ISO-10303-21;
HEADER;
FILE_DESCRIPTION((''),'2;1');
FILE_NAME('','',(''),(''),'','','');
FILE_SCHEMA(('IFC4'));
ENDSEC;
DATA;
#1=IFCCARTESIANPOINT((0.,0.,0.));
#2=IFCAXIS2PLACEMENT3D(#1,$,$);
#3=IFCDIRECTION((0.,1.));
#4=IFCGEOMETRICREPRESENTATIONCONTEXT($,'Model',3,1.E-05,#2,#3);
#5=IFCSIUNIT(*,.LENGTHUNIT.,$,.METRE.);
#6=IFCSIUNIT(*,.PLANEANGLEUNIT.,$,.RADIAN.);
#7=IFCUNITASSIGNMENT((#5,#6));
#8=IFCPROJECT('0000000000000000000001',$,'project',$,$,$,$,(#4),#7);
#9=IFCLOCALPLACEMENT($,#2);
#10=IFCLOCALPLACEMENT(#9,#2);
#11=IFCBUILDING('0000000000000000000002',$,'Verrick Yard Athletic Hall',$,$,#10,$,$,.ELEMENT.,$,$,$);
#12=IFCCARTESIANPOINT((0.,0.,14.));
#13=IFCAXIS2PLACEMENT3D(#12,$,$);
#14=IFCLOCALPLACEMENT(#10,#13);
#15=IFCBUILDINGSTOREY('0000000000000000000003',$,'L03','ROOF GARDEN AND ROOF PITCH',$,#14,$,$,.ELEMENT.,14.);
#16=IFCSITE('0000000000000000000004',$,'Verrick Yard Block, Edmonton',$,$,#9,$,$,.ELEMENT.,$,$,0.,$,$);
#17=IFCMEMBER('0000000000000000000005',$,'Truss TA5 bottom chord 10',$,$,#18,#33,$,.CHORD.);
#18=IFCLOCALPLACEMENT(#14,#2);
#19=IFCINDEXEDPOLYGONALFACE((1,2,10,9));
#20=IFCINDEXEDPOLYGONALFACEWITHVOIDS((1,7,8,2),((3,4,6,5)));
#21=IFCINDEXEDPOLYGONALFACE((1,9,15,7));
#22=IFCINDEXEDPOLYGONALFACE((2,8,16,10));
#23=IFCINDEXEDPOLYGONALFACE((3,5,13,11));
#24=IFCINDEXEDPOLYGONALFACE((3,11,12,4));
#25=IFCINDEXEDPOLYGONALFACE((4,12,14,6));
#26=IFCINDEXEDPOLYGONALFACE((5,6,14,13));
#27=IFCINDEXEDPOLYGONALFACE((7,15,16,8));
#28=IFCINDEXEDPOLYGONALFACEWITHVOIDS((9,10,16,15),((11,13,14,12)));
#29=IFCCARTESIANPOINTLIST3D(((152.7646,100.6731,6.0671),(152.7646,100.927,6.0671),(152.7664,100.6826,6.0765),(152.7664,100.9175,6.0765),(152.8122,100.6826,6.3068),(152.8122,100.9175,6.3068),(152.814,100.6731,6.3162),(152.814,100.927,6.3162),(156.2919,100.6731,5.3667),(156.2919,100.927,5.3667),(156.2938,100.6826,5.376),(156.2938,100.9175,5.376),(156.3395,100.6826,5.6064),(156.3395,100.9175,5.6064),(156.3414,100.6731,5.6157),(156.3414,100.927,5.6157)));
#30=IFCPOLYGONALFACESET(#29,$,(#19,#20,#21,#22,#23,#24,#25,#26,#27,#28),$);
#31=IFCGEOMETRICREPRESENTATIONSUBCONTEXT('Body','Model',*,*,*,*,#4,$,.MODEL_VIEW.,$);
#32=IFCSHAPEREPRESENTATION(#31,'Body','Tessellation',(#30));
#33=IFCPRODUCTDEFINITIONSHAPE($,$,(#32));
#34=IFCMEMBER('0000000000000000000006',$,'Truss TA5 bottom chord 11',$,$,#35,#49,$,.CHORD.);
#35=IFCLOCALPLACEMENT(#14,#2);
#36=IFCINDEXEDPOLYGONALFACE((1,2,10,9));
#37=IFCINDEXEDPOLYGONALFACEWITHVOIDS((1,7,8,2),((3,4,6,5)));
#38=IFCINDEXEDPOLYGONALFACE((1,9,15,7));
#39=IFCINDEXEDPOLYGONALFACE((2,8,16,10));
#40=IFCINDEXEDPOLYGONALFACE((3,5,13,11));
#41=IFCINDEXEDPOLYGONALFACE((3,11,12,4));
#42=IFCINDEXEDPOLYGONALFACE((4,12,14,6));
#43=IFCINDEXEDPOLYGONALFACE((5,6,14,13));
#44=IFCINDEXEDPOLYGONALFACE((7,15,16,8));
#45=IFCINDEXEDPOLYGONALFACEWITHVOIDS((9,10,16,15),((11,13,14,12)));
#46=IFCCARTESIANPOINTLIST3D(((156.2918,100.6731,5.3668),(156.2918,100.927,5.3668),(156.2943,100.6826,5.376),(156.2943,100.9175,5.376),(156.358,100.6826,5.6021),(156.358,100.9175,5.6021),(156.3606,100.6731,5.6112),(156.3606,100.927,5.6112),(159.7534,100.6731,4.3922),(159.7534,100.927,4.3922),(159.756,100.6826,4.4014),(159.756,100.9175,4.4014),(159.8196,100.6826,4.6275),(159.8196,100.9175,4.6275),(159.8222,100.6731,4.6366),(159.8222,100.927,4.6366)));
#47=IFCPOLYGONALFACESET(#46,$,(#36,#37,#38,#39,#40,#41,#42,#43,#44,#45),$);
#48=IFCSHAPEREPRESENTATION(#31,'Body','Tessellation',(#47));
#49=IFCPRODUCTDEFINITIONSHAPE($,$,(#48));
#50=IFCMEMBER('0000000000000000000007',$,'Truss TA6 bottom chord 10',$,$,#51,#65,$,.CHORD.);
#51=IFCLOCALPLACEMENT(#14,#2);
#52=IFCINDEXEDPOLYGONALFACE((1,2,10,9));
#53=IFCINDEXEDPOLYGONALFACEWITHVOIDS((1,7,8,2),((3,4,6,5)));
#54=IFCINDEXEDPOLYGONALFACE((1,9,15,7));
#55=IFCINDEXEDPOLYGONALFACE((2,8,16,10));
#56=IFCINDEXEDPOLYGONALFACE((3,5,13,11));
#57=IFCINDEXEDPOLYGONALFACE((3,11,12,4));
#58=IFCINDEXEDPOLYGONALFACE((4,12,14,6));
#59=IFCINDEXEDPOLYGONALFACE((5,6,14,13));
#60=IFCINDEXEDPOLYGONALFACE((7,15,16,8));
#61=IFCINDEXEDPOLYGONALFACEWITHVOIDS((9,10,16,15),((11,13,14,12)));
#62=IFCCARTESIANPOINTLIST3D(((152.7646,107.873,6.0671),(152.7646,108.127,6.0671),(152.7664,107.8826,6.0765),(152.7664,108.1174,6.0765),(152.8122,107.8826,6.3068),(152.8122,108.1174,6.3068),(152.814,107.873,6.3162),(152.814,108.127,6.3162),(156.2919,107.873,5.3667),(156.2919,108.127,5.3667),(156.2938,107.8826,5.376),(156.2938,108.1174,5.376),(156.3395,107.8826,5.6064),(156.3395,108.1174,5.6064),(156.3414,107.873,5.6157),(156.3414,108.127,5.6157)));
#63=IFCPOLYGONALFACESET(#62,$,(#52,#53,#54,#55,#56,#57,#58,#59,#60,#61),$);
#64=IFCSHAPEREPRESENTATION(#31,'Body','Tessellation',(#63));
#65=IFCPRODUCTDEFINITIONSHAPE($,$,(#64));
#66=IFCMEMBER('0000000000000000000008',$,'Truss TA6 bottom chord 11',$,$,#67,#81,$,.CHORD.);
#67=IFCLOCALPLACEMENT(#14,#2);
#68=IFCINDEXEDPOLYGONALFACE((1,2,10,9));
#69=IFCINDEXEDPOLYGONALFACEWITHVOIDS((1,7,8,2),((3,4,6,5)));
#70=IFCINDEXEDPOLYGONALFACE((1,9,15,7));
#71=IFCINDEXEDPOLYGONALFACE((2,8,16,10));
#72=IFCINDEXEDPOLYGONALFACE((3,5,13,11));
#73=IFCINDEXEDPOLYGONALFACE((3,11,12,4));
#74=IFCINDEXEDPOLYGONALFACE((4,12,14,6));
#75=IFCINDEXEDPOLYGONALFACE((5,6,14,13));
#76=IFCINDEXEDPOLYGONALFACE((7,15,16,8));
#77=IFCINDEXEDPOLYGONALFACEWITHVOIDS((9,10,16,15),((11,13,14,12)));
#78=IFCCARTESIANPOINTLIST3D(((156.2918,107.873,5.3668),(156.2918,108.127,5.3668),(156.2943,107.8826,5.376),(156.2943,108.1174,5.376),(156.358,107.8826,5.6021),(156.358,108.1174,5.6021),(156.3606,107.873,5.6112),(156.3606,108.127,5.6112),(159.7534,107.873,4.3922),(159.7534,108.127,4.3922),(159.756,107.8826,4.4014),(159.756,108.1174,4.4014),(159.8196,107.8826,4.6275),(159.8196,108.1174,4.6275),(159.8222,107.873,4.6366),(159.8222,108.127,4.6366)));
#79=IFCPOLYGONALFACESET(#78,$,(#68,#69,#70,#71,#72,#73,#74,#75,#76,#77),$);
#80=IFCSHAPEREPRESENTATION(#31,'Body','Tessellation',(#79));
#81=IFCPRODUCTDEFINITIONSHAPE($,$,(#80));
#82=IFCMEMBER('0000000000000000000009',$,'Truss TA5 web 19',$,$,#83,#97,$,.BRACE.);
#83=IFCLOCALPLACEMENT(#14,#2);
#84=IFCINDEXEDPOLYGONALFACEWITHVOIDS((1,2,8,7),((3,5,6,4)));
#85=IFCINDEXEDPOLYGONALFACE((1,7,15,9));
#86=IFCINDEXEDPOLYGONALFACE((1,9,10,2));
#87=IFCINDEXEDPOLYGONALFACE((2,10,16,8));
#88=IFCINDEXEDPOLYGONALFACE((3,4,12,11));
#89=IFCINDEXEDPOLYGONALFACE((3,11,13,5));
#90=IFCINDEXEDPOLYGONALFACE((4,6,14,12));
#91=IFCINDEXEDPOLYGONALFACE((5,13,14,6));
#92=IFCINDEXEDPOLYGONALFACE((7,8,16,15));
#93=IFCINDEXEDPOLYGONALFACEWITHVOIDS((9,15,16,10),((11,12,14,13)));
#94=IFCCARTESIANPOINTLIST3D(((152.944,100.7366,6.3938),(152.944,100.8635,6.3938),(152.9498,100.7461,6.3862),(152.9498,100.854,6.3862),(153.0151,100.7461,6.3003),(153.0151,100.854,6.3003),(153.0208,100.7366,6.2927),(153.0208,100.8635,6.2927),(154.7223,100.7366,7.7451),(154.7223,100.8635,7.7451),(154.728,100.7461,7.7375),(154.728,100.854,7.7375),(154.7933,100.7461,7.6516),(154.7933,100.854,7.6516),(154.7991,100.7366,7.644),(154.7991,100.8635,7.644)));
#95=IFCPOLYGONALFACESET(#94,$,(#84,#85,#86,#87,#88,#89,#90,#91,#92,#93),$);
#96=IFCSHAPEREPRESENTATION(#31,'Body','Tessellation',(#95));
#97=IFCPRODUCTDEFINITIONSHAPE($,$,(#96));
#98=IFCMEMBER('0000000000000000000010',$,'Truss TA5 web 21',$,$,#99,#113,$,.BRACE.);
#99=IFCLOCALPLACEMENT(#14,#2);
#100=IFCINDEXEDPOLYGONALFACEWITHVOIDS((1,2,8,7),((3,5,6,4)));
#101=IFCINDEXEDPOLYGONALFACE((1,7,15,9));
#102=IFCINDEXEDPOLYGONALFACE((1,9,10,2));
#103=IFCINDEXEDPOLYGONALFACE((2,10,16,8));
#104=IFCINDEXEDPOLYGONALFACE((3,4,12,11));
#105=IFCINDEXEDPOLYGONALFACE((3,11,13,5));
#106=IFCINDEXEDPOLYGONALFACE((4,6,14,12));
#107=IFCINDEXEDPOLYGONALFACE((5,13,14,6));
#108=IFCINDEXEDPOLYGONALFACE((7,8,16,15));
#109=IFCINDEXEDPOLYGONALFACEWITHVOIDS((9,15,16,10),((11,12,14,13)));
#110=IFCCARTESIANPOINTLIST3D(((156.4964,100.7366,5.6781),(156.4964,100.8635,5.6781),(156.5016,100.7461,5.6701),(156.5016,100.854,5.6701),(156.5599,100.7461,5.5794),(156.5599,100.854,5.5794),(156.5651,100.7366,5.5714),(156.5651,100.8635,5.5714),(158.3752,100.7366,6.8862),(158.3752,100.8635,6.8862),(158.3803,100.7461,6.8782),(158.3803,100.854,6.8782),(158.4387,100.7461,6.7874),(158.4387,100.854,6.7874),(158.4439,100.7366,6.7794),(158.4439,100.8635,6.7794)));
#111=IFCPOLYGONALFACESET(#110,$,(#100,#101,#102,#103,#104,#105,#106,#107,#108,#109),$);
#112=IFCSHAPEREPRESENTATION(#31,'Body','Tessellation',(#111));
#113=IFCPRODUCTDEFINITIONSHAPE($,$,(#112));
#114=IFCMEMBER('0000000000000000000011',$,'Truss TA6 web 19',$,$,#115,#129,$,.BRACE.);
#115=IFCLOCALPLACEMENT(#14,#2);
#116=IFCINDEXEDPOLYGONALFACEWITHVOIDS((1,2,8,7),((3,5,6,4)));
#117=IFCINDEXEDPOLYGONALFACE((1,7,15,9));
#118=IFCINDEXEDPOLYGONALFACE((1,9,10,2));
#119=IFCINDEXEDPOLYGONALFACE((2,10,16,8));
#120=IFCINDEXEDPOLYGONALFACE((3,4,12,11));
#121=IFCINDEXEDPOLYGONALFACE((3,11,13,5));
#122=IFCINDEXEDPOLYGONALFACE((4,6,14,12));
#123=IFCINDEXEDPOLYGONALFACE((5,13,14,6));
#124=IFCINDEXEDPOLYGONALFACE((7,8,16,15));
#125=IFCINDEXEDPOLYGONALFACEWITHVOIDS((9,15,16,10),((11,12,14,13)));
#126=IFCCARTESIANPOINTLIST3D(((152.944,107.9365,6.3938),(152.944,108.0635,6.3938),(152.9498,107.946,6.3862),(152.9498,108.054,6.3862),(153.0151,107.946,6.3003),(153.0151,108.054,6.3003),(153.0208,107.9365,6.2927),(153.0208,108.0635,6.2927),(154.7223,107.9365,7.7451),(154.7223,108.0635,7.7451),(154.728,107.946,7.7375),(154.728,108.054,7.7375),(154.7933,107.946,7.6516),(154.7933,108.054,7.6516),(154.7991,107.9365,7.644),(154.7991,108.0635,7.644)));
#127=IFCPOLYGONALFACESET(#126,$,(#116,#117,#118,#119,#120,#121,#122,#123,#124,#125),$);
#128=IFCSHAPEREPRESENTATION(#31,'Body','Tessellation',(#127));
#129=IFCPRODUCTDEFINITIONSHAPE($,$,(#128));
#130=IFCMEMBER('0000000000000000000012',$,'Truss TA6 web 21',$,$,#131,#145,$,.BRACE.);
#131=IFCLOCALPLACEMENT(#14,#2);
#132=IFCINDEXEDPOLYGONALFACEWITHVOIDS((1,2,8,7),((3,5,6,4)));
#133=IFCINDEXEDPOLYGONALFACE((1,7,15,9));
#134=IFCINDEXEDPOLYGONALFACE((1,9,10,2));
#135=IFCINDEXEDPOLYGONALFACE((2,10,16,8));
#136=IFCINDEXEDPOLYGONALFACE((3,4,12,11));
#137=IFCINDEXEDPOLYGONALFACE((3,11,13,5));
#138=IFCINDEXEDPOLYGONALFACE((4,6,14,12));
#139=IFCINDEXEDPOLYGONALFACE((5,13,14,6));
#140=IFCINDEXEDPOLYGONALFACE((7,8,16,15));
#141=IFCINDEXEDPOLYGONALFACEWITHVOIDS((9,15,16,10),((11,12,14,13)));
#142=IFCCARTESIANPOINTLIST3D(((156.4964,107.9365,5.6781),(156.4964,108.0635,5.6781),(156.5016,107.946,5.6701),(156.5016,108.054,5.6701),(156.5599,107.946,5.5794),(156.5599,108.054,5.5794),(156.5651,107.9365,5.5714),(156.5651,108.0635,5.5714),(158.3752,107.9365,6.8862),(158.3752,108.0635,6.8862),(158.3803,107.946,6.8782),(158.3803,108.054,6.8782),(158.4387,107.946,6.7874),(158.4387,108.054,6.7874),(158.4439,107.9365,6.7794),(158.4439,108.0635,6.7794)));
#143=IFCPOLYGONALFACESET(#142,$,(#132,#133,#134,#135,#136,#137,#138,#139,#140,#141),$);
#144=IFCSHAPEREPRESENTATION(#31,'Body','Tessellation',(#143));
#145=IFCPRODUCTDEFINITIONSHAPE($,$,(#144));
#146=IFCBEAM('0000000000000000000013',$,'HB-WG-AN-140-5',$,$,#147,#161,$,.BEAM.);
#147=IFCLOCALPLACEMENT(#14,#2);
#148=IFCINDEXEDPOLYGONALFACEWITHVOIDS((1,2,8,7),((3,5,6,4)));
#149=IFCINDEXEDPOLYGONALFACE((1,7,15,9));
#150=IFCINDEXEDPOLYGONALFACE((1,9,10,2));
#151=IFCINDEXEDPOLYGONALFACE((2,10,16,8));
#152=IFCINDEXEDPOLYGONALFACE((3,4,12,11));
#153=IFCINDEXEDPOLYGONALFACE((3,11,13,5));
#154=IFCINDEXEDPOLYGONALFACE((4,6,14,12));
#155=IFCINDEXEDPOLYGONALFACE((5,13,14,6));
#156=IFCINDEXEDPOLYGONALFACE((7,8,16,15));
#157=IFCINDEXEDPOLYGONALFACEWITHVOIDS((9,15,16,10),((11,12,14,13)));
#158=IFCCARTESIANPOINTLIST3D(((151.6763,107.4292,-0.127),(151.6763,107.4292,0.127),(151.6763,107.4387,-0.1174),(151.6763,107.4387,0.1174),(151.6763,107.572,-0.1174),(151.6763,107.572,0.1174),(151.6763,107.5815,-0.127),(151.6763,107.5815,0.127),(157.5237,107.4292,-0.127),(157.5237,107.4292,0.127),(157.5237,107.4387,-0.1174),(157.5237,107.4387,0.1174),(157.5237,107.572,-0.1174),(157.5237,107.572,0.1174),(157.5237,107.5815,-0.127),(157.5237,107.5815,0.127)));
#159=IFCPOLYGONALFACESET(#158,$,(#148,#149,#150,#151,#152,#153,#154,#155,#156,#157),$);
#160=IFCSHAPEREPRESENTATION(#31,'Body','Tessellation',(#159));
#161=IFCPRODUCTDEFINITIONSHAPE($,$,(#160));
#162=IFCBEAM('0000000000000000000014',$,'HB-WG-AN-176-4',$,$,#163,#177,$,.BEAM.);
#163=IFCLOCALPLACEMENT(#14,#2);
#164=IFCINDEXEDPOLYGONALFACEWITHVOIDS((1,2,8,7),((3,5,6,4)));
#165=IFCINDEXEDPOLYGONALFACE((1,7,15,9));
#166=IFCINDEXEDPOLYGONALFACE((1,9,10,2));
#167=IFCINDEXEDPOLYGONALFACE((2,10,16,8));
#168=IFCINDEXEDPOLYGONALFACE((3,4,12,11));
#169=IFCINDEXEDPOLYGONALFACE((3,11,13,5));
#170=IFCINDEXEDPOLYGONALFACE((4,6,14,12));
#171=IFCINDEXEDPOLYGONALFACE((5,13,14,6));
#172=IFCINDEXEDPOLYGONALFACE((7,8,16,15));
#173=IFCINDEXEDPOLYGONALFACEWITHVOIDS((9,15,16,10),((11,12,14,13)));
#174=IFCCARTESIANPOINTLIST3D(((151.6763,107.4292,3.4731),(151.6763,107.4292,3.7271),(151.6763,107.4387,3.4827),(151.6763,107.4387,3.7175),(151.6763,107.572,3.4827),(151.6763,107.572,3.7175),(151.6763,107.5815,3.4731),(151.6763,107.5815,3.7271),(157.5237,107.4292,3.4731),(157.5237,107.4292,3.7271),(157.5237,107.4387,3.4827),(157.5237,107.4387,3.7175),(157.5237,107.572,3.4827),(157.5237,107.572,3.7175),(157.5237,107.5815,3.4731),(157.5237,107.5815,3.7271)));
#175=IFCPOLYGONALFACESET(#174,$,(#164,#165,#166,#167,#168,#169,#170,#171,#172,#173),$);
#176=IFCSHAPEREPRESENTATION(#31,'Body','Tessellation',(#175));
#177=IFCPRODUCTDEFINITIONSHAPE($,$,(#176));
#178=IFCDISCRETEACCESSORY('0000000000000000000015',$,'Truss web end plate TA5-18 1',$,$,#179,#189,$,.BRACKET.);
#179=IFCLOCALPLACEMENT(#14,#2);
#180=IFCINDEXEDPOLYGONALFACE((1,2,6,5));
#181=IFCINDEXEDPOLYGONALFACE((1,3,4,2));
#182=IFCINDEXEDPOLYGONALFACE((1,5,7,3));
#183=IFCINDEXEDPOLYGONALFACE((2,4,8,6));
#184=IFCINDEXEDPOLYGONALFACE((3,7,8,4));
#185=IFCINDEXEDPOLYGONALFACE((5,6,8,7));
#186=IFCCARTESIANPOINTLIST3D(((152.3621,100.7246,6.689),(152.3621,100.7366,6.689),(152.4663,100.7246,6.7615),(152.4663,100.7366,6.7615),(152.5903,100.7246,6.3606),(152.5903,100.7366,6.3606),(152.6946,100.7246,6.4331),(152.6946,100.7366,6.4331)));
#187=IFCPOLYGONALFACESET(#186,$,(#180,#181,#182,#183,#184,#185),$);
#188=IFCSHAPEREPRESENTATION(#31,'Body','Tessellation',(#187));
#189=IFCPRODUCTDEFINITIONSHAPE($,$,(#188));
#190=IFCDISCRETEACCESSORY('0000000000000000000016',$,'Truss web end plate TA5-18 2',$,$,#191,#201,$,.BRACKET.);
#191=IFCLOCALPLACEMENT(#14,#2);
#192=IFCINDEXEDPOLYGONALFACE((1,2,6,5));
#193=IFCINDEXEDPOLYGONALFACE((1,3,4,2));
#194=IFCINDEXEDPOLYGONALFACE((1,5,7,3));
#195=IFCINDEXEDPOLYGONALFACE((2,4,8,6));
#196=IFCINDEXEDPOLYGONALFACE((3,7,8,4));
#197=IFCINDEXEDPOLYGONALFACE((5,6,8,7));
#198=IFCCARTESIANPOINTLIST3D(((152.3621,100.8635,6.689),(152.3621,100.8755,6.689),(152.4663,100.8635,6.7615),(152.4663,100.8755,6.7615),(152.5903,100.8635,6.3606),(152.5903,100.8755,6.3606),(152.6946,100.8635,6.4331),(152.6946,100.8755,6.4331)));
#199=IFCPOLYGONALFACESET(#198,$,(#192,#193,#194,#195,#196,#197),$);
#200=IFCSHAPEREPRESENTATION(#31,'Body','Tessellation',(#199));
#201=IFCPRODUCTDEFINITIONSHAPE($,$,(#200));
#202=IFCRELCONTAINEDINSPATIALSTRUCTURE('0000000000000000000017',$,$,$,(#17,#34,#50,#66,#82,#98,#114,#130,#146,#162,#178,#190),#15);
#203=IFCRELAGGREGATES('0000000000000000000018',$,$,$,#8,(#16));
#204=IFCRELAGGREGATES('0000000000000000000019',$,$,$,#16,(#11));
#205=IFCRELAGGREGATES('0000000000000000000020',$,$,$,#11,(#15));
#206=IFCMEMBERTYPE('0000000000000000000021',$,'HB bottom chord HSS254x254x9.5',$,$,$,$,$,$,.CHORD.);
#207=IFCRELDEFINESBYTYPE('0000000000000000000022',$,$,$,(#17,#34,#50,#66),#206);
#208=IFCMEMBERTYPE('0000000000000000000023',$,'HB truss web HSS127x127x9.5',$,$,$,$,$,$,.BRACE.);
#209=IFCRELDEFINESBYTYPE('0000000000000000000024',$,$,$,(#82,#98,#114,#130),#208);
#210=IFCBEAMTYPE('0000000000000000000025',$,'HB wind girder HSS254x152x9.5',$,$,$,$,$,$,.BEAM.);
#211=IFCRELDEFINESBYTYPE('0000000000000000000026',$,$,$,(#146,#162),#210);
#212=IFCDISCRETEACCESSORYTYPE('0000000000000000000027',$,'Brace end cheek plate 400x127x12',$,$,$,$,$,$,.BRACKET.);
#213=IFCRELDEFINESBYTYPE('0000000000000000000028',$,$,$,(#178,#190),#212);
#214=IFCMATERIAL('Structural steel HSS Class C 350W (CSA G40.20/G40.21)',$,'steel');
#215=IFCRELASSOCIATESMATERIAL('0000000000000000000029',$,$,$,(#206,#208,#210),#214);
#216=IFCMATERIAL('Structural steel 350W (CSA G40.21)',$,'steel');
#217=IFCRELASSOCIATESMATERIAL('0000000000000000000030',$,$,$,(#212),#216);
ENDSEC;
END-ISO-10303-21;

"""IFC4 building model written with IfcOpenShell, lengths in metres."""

from ifc_helpers import new_model, si_unit, direction, frame, origin, origin_2d, place, context, subcontext, project, spatial, rectangle, hollow_rectangle, extrude, material, material_profile, profile_set, type_object, element, save


model = new_model("IFC4")

# Units and contexts
model_context = context("Model", 3, precision=1e-05, world=origin(), true_north=direction((0.0, 1.0)))
body_context = subcontext(model_context, "Body", "Model", "MODEL_VIEW")
ifc_project = project(units=[si_unit("LENGTHUNIT", "METRE"), si_unit("PLANEANGLEUNIT", "RADIAN")], contexts=[model_context])

# Site, building, storey
site_placement = place(None, origin())
site = spatial("IfcSite", under=ifc_project, at=site_placement, Name="Verrick Yard Block, Edmonton", CompositionType="ELEMENT", RefElevation=0.0)
building_placement = place(site_placement, origin())
building = spatial("IfcBuilding", under=site, at=building_placement, Name="Verrick Yard Athletic Hall", CompositionType="ELEMENT")
storey_placement = place(building_placement, frame((0.0, 0.0, 14.0)))
storey = spatial("IfcBuildingStorey", under=building, at=storey_placement, Name="L03", Description="ROOF GARDEN AND ROOF PITCH", CompositionType="ELEMENT", Elevation=14.0)

# Members
ifc_material_1 = material(Name="Structural steel HSS Class C 350W (CSA G40.20/G40.21)", Category="steel")
ifc_material_profile_1 = material_profile(ifc_material_1, hollow_rectangle(XDim=0.2539, YDim=0.2539, WallThickness=0.0095, at=origin_2d()), Name="HSS254x254x9.5")
ifc_profile_set_1 = profile_set([ifc_material_profile_1], Name="Structural steel HSS Class C 350W (CSA G40.20/G40.21)")
member_type_1 = type_object("IfcMemberType", Name="HB bottom chord HSS254x254x9.5", PredefinedType="CHORD", material=ifc_profile_set_1)
for number, where, z_axis, x_axis, name in (
    (1, (152.7893, 100.8, 6.1917), (0.980849, 0.0, -0.194771), (0.0, 1.0, 0.0), "Truss TA5 bottom chord 10"),
    (2, (156.3262, 100.8, 5.489), (0.962577, 0.0, -0.271007), (0.0, 1.0, 0.0), "Truss TA5 bottom chord 11"),
    (3, (152.7893, 108.0, 6.1917), (0.980849, 0.0, -0.194771), (0.0, 1.0, 0.0), "Truss TA6 bottom chord 10"),
    (4, (156.3262, 108.0, 5.489), (0.962577, 0.0, -0.271007), (0.0, 1.0, 0.0), "Truss TA6 bottom chord 11"),
):
    element("IfcMember", number, at=place(storey_placement, frame(where, z_axis=z_axis, x_axis=x_axis)), inside=storey, type_object=member_type_1, Name=name, PredefinedType="CHORD", context=body_context, shape_type="SweptSolid", body=[
        extrude(hollow_rectangle(XDim=0.2539, YDim=0.2539, WallThickness=0.0095, at=origin_2d()), origin(), (0.0, 0.0, 1.0), 3.5962),
    ])
ifc_material_profile_2 = material_profile(ifc_material_1, hollow_rectangle(XDim=0.127, YDim=0.127, WallThickness=0.0095, at=origin_2d()), Name="HSS127x127x9.5")
ifc_profile_set_2 = profile_set([ifc_material_profile_2], Name="Structural steel HSS Class C 350W (CSA G40.20/G40.21)")
member_type_2 = type_object("IfcMemberType", Name="HB truss web HSS127x127x9.5", PredefinedType="BRACE", material=ifc_profile_set_2)
member_1_placement = place(storey_placement, frame((152.9824, 100.8, 6.3433), z_axis=(0.796206, 0.0, 0.605025), x_axis=(0.0, 1.0, 0.0)))
element("IfcMember", 5, at=member_1_placement, inside=storey, type_object=member_type_2, Name="Truss TA5 web 19", PredefinedType="BRACE", context=body_context, shape_type="SweptSolid", body=[
    extrude(hollow_rectangle(XDim=0.127, YDim=0.127, WallThickness=0.0095, at=origin_2d()), origin(), (0.0, 0.0, 1.0), 2.2334),
])
member_2_placement = place(storey_placement, frame((156.5308, 100.8, 5.6248), z_axis=(0.841118, 0.0, 0.540852), x_axis=(0.0, 1.0, 0.0)))
element("IfcMember", 6, at=member_2_placement, inside=storey, type_object=member_type_2, Name="Truss TA5 web 21", PredefinedType="BRACE", context=body_context, shape_type="SweptSolid", body=[
    extrude(hollow_rectangle(XDim=0.127, YDim=0.127, WallThickness=0.0095, at=origin_2d()), origin(), (0.0, 0.0, 1.0), 2.2336),
])
member_3_placement = place(storey_placement, frame((152.9824, 108.0, 6.3433), z_axis=(0.796206, 0.0, 0.605025), x_axis=(0.0, 1.0, 0.0)))
element("IfcMember", 7, at=member_3_placement, inside=storey, type_object=member_type_2, Name="Truss TA6 web 19", PredefinedType="BRACE", context=body_context, shape_type="SweptSolid", body=[
    extrude(hollow_rectangle(XDim=0.127, YDim=0.127, WallThickness=0.0095, at=origin_2d()), origin(), (0.0, 0.0, 1.0), 2.2334),
])
member_4_placement = place(storey_placement, frame((156.5308, 108.0, 5.6248), z_axis=(0.841118, 0.0, 0.540852), x_axis=(0.0, 1.0, 0.0)))
element("IfcMember", 8, at=member_4_placement, inside=storey, type_object=member_type_2, Name="Truss TA6 web 21", PredefinedType="BRACE", context=body_context, shape_type="SweptSolid", body=[
    extrude(hollow_rectangle(XDim=0.127, YDim=0.127, WallThickness=0.0095, at=origin_2d()), origin(), (0.0, 0.0, 1.0), 2.2336),
])

# Beams
ifc_material_profile_3 = material_profile(ifc_material_1, hollow_rectangle(XDim=0.1523, YDim=0.2539, WallThickness=0.0095, at=origin_2d()), Name="HSS254x152x9.5")
ifc_profile_set_3 = profile_set([ifc_material_profile_3], Name="Structural steel HSS Class C 350W (CSA G40.20/G40.21)")
beam_type = type_object("IfcBeamType", Name="HB wind girder HSS254x152x9.5", PredefinedType="BEAM", material=ifc_profile_set_3)
for number, where, z_axis, x_axis, name in (
    (9, (151.6763, 107.5054, 0.0), (1.0, 0.0, 0.0), (0.0, 1.0, 0.0), "HB-WG-AN-140-5"),
    (10, (151.6763, 107.5054, 3.6001), (1.0, 0.0, 0.0), (0.0, 1.0, 0.0), "HB-WG-AN-176-4"),
):
    element("IfcBeam", number, at=place(storey_placement, frame(where, z_axis=z_axis, x_axis=x_axis)), inside=storey, type_object=beam_type, Name=name, PredefinedType="BEAM", context=body_context, shape_type="SweptSolid", body=[
        extrude(hollow_rectangle(XDim=0.1523, YDim=0.2539, WallThickness=0.0095, at=origin_2d()), origin(), (0.0, 0.0, 1.0), 5.8474),
    ])

# Discrete accessories
ifc_material_2 = material(Name="Structural steel 350W (CSA G40.21)", Category="steel")
ifc_material_profile_4 = material_profile(ifc_material_2, rectangle(XDim=0.3999, YDim=0.127, at=origin_2d()), Name="Brace end cheek plate")
ifc_profile_set_4 = profile_set([ifc_material_profile_4], Name="Structural steel 350W (CSA G40.21)")
discrete_accessory_type = type_object("IfcDiscreteAccessoryType", Name="Brace end cheek plate 400x127x12", PredefinedType="BRACKET", material=ifc_profile_set_4)
for number, where, z_axis, x_axis, name in (
    (11, (152.5283, 100.7366, 6.561), (0.0, -1.0, 0.0), (-0.570674, 0.0, 0.821176), "Truss web end plate TA5-18 1"),
    (12, (152.5283, 100.8635, 6.561), (0.0, 1.0, 0.0), (-0.570674, 0.0, 0.821176), "Truss web end plate TA5-18 2"),
):
    element("IfcDiscreteAccessory", number, at=place(storey_placement, frame(where, z_axis=z_axis, x_axis=x_axis)), inside=storey, type_object=discrete_accessory_type, Name=name, PredefinedType="BRACKET", context=body_context, shape_type="SweptSolid", body=[
        extrude(rectangle(XDim=0.3999, YDim=0.127, at=origin_2d()), origin(), (0.0, 0.0, 1.0), 0.012),
    ])

save(model, "model.ifc")
